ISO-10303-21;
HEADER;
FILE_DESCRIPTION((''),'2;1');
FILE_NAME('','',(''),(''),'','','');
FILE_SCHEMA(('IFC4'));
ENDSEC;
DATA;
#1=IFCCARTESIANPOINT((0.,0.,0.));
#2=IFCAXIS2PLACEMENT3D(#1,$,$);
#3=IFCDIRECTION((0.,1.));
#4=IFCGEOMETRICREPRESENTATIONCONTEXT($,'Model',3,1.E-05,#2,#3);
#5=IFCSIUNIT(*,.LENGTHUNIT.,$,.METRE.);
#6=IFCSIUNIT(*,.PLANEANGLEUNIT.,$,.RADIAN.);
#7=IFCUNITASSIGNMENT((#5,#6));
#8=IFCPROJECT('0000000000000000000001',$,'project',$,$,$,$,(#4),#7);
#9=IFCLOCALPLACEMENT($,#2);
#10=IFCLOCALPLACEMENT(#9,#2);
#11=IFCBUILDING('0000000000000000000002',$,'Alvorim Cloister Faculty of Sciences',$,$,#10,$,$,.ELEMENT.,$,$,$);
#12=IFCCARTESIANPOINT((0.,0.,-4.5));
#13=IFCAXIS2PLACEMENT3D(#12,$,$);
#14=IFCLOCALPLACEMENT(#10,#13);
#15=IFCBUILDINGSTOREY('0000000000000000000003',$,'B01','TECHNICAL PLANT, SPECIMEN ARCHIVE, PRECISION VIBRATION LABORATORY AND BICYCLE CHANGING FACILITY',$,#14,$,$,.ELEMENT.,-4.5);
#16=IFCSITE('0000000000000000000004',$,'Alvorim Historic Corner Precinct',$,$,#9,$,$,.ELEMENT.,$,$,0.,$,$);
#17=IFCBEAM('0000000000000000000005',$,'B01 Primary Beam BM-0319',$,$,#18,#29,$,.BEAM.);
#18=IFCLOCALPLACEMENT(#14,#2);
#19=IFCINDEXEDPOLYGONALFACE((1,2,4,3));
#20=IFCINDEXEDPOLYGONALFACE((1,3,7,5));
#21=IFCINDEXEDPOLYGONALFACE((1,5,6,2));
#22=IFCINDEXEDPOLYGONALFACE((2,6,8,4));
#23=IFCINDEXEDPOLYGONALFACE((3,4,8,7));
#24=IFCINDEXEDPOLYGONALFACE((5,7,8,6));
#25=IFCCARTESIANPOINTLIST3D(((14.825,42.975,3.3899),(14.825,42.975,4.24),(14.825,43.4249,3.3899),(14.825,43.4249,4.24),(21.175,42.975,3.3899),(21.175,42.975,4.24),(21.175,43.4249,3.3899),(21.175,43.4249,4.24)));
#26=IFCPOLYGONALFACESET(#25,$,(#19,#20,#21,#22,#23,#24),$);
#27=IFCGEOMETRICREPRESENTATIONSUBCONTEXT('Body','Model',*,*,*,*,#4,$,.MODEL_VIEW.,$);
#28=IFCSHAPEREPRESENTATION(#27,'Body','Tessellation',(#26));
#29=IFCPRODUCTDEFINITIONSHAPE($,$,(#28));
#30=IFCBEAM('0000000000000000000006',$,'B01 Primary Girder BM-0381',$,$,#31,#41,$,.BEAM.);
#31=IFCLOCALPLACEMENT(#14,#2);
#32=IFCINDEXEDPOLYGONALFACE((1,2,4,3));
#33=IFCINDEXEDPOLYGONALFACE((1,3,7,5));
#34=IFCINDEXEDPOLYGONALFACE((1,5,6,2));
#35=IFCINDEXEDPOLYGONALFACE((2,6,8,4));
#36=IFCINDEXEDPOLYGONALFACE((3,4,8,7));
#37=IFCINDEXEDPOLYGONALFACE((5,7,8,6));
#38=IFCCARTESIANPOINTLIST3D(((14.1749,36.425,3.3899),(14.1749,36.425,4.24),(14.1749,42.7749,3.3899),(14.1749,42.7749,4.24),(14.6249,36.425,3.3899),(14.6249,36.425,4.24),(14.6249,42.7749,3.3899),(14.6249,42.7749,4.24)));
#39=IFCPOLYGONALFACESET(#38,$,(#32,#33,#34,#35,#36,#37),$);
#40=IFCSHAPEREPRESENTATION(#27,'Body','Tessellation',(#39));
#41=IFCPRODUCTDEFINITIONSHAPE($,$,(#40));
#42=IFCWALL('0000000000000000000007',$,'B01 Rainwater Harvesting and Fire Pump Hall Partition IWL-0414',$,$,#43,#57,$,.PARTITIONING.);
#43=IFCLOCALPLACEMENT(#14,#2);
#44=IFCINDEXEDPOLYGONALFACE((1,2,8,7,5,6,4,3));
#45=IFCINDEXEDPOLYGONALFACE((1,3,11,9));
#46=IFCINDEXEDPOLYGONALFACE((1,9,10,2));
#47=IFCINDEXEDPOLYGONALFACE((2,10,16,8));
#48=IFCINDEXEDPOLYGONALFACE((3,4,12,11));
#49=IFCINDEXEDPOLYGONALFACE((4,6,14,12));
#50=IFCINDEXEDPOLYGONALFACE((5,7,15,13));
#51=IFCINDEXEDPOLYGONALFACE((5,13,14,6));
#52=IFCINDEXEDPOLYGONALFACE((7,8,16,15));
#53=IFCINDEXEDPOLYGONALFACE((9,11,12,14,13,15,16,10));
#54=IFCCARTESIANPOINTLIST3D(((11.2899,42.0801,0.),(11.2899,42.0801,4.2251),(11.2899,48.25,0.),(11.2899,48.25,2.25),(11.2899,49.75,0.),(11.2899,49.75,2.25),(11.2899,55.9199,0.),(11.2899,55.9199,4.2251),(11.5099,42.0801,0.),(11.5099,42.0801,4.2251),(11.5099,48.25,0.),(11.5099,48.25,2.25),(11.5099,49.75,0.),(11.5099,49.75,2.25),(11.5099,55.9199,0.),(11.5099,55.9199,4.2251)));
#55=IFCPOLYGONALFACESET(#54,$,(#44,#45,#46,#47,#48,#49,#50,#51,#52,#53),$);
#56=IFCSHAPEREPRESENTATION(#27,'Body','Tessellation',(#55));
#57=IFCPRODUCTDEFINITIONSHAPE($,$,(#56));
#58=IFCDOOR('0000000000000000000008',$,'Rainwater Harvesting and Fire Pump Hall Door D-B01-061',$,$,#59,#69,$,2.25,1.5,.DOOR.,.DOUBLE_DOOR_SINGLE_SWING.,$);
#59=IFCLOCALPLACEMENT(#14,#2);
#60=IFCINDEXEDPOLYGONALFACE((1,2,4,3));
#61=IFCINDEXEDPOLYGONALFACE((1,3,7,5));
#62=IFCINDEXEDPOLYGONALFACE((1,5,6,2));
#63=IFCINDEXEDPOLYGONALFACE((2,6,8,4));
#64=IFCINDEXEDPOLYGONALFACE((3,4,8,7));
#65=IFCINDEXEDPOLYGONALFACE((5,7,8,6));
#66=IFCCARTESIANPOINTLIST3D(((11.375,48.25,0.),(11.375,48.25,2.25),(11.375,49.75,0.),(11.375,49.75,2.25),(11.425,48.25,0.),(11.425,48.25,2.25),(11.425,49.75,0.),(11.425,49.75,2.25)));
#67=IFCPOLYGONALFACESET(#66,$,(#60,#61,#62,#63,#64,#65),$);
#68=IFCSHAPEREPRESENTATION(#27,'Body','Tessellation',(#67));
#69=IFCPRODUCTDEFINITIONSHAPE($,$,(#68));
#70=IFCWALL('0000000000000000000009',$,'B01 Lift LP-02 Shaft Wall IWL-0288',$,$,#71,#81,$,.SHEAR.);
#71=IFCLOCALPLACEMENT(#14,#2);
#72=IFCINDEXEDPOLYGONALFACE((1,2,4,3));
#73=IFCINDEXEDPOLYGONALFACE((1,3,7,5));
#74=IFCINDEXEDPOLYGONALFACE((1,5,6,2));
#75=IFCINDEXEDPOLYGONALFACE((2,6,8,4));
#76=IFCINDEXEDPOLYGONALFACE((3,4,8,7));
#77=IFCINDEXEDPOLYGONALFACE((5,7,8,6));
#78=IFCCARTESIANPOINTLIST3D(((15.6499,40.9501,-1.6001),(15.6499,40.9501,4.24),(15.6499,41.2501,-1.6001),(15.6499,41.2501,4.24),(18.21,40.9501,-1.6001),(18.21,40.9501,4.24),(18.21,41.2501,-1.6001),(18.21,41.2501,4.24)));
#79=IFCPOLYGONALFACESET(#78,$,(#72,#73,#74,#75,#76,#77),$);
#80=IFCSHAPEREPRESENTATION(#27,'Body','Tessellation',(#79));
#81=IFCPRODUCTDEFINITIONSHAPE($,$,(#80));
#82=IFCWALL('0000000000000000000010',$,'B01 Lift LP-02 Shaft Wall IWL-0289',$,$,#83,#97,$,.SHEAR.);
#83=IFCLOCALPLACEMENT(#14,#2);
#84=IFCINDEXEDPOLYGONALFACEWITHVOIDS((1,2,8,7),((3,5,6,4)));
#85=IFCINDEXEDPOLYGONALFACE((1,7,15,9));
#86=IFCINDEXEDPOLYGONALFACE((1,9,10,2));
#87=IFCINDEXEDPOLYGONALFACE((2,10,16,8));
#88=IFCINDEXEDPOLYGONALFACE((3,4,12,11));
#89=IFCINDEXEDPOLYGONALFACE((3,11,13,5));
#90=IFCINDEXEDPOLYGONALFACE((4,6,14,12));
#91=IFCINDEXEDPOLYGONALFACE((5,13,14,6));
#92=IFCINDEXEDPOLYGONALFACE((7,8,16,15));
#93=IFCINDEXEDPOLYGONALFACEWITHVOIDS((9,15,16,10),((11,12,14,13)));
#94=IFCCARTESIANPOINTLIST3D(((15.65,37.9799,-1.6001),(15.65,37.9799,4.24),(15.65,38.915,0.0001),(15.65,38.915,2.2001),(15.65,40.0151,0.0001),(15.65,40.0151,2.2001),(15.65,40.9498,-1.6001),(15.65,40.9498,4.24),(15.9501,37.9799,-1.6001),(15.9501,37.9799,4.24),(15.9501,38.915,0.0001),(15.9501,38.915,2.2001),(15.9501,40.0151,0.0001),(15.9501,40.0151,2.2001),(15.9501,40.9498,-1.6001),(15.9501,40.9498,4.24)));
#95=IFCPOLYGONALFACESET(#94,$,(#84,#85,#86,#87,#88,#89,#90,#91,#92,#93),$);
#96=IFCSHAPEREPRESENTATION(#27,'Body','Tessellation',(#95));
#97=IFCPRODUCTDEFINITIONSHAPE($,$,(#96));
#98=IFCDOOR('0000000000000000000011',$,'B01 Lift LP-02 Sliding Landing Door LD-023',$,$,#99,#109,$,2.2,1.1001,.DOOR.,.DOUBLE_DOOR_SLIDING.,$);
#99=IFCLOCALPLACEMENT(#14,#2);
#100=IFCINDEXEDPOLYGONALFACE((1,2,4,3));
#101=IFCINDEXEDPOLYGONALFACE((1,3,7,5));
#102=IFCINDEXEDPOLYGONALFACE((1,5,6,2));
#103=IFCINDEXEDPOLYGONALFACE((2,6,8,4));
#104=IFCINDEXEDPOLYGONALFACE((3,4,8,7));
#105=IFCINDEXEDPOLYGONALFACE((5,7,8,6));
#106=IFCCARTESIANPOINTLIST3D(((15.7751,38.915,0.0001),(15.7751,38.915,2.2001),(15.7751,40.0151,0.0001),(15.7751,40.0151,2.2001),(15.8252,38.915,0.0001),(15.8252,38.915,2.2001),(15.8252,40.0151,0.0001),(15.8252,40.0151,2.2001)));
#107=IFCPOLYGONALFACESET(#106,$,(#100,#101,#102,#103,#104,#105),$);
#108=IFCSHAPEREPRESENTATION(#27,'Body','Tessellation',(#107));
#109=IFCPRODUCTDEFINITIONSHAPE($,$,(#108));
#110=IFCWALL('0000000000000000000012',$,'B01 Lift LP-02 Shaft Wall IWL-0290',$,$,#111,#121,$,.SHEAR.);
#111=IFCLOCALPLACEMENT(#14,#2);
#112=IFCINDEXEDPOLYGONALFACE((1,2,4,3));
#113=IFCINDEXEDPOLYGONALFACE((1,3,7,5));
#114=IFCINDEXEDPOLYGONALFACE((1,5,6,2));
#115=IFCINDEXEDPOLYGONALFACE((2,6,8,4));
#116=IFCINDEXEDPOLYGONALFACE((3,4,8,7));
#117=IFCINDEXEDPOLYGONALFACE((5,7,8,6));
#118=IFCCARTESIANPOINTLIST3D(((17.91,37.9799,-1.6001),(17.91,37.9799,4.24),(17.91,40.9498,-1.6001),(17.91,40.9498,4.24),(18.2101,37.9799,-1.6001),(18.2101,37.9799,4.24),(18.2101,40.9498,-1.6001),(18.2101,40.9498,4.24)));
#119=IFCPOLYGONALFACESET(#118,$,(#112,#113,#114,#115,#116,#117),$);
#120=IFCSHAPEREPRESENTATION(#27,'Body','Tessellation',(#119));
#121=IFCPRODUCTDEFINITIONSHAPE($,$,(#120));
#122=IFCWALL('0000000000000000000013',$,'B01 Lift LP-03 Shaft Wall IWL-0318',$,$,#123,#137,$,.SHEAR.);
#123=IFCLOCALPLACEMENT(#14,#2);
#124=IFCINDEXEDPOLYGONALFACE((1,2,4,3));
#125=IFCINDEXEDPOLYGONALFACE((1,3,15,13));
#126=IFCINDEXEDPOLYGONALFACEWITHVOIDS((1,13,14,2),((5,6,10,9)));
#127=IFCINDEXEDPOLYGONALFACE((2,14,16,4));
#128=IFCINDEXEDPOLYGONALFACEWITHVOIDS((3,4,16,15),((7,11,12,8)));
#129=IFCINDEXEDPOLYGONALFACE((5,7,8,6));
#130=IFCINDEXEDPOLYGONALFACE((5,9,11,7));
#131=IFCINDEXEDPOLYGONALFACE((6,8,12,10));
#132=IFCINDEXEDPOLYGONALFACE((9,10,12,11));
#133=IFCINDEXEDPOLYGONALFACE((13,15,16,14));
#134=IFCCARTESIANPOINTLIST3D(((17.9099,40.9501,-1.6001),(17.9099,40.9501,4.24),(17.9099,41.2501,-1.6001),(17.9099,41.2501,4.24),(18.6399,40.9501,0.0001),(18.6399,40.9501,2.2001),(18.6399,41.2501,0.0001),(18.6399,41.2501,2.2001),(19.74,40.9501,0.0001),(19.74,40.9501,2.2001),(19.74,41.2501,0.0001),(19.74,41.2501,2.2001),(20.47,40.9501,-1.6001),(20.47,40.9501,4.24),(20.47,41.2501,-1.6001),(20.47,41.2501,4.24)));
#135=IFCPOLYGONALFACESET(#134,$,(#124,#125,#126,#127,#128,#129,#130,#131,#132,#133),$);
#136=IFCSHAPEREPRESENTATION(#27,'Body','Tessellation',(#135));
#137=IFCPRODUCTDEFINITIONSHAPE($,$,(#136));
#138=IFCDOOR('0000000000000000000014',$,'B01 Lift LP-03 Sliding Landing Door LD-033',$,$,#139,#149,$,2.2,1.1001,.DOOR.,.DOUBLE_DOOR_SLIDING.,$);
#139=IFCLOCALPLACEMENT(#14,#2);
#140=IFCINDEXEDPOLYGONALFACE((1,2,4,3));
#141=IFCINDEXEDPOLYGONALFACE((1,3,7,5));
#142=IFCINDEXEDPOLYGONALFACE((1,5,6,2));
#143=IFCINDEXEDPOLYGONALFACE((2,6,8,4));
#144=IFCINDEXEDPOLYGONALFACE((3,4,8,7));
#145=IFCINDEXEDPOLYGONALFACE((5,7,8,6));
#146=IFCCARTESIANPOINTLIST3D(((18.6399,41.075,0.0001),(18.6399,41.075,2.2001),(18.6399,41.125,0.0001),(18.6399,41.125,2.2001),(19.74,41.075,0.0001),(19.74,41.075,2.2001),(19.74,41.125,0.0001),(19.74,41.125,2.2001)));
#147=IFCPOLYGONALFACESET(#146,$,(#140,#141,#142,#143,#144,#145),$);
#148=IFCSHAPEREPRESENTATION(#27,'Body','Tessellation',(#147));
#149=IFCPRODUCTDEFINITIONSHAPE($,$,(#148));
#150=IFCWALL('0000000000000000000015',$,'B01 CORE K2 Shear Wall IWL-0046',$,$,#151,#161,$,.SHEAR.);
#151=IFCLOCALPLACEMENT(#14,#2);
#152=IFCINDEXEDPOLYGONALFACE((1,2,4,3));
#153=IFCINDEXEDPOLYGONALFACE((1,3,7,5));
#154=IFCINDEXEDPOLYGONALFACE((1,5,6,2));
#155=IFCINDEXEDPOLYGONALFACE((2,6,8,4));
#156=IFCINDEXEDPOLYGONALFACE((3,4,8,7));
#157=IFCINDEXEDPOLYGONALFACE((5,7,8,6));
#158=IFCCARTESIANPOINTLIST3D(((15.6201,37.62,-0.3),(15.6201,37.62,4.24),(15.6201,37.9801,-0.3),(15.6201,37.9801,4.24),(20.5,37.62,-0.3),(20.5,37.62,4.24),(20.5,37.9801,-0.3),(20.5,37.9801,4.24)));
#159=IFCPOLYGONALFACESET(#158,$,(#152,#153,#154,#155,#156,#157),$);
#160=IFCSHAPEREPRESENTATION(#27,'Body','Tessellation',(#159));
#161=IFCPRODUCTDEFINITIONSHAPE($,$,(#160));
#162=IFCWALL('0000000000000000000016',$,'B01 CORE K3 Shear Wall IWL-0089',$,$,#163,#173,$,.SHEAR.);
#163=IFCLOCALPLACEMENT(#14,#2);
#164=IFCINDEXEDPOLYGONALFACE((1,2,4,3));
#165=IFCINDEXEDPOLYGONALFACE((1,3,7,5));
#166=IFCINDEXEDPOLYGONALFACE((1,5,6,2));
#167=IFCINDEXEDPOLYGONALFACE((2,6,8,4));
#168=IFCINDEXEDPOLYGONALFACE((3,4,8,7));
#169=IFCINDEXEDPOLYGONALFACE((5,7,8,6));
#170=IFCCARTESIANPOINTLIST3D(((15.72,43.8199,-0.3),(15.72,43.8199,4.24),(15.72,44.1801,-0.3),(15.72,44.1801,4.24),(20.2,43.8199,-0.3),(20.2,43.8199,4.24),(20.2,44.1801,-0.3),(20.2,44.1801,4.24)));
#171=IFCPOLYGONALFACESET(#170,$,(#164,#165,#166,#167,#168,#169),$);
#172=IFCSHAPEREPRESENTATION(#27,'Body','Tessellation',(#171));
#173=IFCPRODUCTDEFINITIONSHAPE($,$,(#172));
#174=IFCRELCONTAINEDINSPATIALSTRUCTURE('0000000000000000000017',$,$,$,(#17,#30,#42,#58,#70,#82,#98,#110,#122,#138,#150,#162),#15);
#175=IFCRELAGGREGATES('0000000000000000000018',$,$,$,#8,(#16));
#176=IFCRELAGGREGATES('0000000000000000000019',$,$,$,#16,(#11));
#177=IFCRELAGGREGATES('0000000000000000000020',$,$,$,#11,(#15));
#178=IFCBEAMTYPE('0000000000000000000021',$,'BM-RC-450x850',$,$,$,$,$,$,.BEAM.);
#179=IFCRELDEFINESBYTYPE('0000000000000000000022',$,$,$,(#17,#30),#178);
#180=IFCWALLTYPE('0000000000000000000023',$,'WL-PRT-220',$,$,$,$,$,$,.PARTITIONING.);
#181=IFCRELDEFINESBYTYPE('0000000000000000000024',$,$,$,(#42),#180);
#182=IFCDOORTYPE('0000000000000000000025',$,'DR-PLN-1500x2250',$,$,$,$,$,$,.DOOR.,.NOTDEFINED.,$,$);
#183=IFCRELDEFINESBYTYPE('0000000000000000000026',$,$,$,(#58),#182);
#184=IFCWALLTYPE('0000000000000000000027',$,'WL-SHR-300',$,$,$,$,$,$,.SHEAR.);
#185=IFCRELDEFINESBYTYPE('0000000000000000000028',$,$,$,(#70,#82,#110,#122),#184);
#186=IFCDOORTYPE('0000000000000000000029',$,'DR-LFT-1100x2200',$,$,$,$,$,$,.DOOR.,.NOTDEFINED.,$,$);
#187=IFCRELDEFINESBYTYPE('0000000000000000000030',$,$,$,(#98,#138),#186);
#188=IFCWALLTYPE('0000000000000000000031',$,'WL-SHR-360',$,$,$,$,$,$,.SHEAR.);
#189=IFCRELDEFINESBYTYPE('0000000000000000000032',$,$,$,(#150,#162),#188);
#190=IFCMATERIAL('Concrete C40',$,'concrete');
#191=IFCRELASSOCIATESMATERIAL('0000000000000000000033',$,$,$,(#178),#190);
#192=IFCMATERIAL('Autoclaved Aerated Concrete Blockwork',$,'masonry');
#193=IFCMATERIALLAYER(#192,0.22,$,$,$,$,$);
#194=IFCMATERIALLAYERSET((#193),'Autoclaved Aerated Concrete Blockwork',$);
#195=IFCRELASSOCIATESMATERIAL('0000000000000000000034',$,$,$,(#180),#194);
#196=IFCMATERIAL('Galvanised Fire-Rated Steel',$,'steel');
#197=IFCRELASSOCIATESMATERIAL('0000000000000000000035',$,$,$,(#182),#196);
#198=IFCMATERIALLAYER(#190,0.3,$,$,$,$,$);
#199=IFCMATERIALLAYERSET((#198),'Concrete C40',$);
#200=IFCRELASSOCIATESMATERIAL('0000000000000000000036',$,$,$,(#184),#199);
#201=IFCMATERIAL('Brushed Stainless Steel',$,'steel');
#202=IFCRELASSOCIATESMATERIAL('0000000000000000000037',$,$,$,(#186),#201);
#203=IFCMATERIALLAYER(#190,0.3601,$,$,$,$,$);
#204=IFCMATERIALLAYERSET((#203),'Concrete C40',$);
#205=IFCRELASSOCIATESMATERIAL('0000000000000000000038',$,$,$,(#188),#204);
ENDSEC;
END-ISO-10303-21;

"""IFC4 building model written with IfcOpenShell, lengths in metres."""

from ifc_helpers import new_model, si_unit, direction, frame, frame_2d, origin, origin_2d, place, context, subcontext, project, spatial, rectangle, extrude, material, layer, layer_set, material_profile, profile_set, type_object, element, fill, save


model = new_model("IFC4")

# Units and contexts
model_context = context("Model", 3, precision=1e-05, world=origin(), true_north=direction((0.0, 1.0)))
body_context = subcontext(model_context, "Body", "Model", "MODEL_VIEW")
ifc_project = project(units=[si_unit("LENGTHUNIT", "METRE"), si_unit("PLANEANGLEUNIT", "RADIAN")], contexts=[model_context])

# Site, building, storey
site_placement = place(None, origin())
site = spatial("IfcSite", under=ifc_project, at=site_placement, Name="Alvorim Historic Corner Precinct", CompositionType="ELEMENT", RefElevation=0.0)
building_placement = place(site_placement, origin())
building = spatial("IfcBuilding", under=site, at=building_placement, Name="Alvorim Cloister Faculty of Sciences", CompositionType="ELEMENT")
storey_placement = place(building_placement, frame((0.0, 0.0, -4.5)))
storey = spatial("IfcBuildingStorey", under=building, at=storey_placement, Name="B01", Description="TECHNICAL PLANT, SPECIMEN ARCHIVE, PRECISION VIBRATION LABORATORY AND BICYCLE CHANGING FACILITY", CompositionType="ELEMENT", Elevation=-4.5)

# Shared definitions
ifc_material_1 = material(Name="Concrete C40", Category="concrete")

# Beams
ifc_material_profile_1 = material_profile(ifc_material_1, rectangle(XDim=0.45, YDim=0.8501, at=origin_2d()), Name="RC40-BM-450x850")
ifc_profile_set_1 = profile_set([ifc_material_profile_1], Name="Concrete C40")
beam_type_1 = type_object("IfcBeamType", Name="BM-RC-450x850", PredefinedType="BEAM", material=ifc_profile_set_1)
for number, where, z_axis, x_axis, name in (
    (1, (14.825, 43.2, 3.8149), (1.0, 0.0, 0.0), (0.0, 1.0, 0.0), "B01 Primary Beam BM-0319"),
):
    element("IfcBeam", number, at=place(storey_placement, frame(where, z_axis=z_axis, x_axis=x_axis)), inside=storey, type_object=beam_type_1, Name=name, PredefinedType="BEAM", context=body_context, shape_type="SweptSolid", body=[
        extrude(rectangle(XDim=0.45, YDim=0.8501, at=origin_2d()), origin(), (0.0, 0.0, 1.0), 6.3501),
    ])
beam_1_placement = place(storey_placement, frame((14.3999, 36.425, 3.8149), z_axis=(0.0, 1.0, 0.0), x_axis=(-1.0, 0.0, 0.0)))
element("IfcBeam", 2, at=beam_1_placement, inside=storey, type_object=beam_type_1, Name="B01 Primary Girder BM-0381", PredefinedType="BEAM", context=body_context, shape_type="SweptSolid", body=[
    extrude(rectangle(XDim=0.45, YDim=0.8501, at=origin_2d()), origin(), (0.0, 0.0, 1.0), 6.3499),
])

# Wall, opening, door
ifc_material_2 = material(Name="Autoclaved Aerated Concrete Blockwork", Category="masonry")
ifc_layer_1 = layer(ifc_material_2, 0.22)
ifc_layer_set_1 = layer_set([ifc_layer_1], Name="Autoclaved Aerated Concrete Blockwork")
wall_type_1 = type_object("IfcWallType", Name="WL-PRT-220", PredefinedType="PARTITIONING", material=ifc_layer_set_1)
wall_1_placement = place(storey_placement, frame((11.3999, 42.0801, 0.0), z_axis=(0.0, 0.0, 1.0), x_axis=(0.0, 1.0, 0.0)))
wall_1 = element("IfcWall", 3, at=wall_1_placement, inside=storey, type_object=wall_type_1, Name="B01 Rainwater Harvesting and Fire Pump Hall Partition IWL-0414", PredefinedType="PARTITIONING", context=body_context, shape_type="SweptSolid", body=[
    extrude(rectangle(XDim=13.8398, YDim=0.22, at=frame_2d((6.9199, 0.0))), origin(), (0.0, 0.0, 1.0), 4.2251),
])
opening_1_placement = place(wall_1_placement, frame((6.1699, 0.0, 0.0)))
opening_1 = element("IfcOpeningElement", 4, at=opening_1_placement, cuts=wall_1, PredefinedType="OPENING", context=body_context, shape_type="SweptSolid", body=[
    extrude(rectangle(XDim=1.5, YDim=2.25, at=frame_2d((0.75, 1.125))), frame((0.0, 0.1221, 0.0), z_axis=(0.0, -1.0, 0.0), x_axis=(1.0, 0.0, 0.0)), (0.0, 0.0, 1.0), 0.2439),
])
ifc_material_3 = material(Name="Galvanised Fire-Rated Steel", Category="steel")
door_type_1 = type_object("IfcDoorType", Name="DR-PLN-1500x2250", OperationType="NOTDEFINED", PredefinedType="DOOR", material=ifc_material_3)
door_1_placement = place(opening_1_placement, origin())
door_1 = element("IfcDoor", 5, at=door_1_placement, inside=storey, type_object=door_type_1, Name="Rainwater Harvesting and Fire Pump Hall Door D-B01-061", OperationType="DOUBLE_DOOR_SINGLE_SWING", OverallHeight=2.25, OverallWidth=1.5, PredefinedType="DOOR", context=body_context, shape_type="SweptSolid", body=[
    extrude(rectangle(XDim=1.5, YDim=2.25, at=frame_2d((0.75, 1.125))), frame((0.0, 0.0249, 0.0), z_axis=(0.0, -1.0, 0.0), x_axis=(1.0, 0.0, 0.0)), (0.0, 0.0, 1.0), 0.05),
])
fill(opening_1, door_1)

# Wall
ifc_layer_2 = layer(ifc_material_1, 0.3)
ifc_layer_set_2 = layer_set([ifc_layer_2], Name="Concrete C40")
wall_type_2 = type_object("IfcWallType", Name="WL-SHR-300", PredefinedType="SHEAR", material=ifc_layer_set_2)
wall_2_placement = place(storey_placement, frame((15.6499, 41.1001, -1.6001), z_axis=(0.0, 0.0, 1.0), x_axis=(1.0, 0.0, 0.0)))
element("IfcWall", 6, at=wall_2_placement, inside=storey, type_object=wall_type_2, Name="B01 Lift LP-02 Shaft Wall IWL-0288", PredefinedType="SHEAR", context=body_context, shape_type="SweptSolid", body=[
    extrude(rectangle(XDim=2.5601, YDim=0.3, at=frame_2d((1.28, 0.0))), origin(), (0.0, 0.0, 1.0), 5.8401),
])

# Wall, opening, door
wall_3_placement = place(storey_placement, frame((15.8, 37.98, -1.6001), z_axis=(0.0, 0.0, 1.0), x_axis=(0.0, 1.0, 0.0)))
wall_3 = element("IfcWall", 7, at=wall_3_placement, inside=storey, type_object=wall_type_2, Name="B01 Lift LP-02 Shaft Wall IWL-0289", PredefinedType="SHEAR", context=body_context, shape_type="SweptSolid", body=[
    extrude(rectangle(XDim=2.97, YDim=0.3, at=frame_2d((1.4849, 0.0))), origin(), (0.0, 0.0, 1.0), 5.8401),
])
opening_2_placement = place(wall_3_placement, frame((0.9351, 0.0, 1.6001)))
opening_2 = element("IfcOpeningElement", 8, at=opening_2_placement, cuts=wall_3, PredefinedType="OPENING", context=body_context, shape_type="SweptSolid", body=[
    extrude(rectangle(XDim=1.1001, YDim=2.2, at=frame_2d((0.55, 1.1001))), frame((0.0, 0.1621, 0.0), z_axis=(0.0, -1.0, 0.0), x_axis=(1.0, 0.0, 0.0)), (0.0, 0.0, 1.0), 0.324),
])
ifc_material_4 = material(Name="Brushed Stainless Steel", Category="steel")
door_type_2 = type_object("IfcDoorType", Name="DR-LFT-1100x2200", OperationType="NOTDEFINED", PredefinedType="DOOR", material=ifc_material_4)
door_2_placement = place(opening_2_placement, origin())
door_2 = element("IfcDoor", 9, at=door_2_placement, inside=storey, type_object=door_type_2, Name="B01 Lift LP-02 Sliding Landing Door LD-023", OperationType="DOUBLE_DOOR_SLIDING", OverallHeight=2.2, OverallWidth=1.1001, PredefinedType="DOOR", context=body_context, shape_type="SweptSolid", body=[
    extrude(rectangle(XDim=1.1001, YDim=2.2, at=frame_2d((0.55, 1.1001))), frame((0.0, 0.0249, 0.0), z_axis=(0.0, -1.0, 0.0), x_axis=(1.0, 0.0, 0.0)), (0.0, 0.0, 1.0), 0.05),
])
fill(opening_2, door_2)

# Wall
wall_4_placement = place(storey_placement, frame((18.0601, 37.98, -1.6001), z_axis=(0.0, 0.0, 1.0), x_axis=(0.0, 1.0, 0.0)))
element("IfcWall", 10, at=wall_4_placement, inside=storey, type_object=wall_type_2, Name="B01 Lift LP-02 Shaft Wall IWL-0290", PredefinedType="SHEAR", context=body_context, shape_type="SweptSolid", body=[
    extrude(rectangle(XDim=2.97, YDim=0.3, at=frame_2d((1.4849, 0.0))), origin(), (0.0, 0.0, 1.0), 5.8401),
])

# Wall, opening, door
wall_5_placement = place(storey_placement, frame((17.9099, 41.1001, -1.6001), z_axis=(0.0, 0.0, 1.0), x_axis=(1.0, 0.0, 0.0)))
wall_5 = element("IfcWall", 11, at=wall_5_placement, inside=storey, type_object=wall_type_2, Name="B01 Lift LP-03 Shaft Wall IWL-0318", PredefinedType="SHEAR", context=body_context, shape_type="SweptSolid", body=[
    extrude(rectangle(XDim=2.5601, YDim=0.3, at=frame_2d((1.28, 0.0))), origin(), (0.0, 0.0, 1.0), 5.8401),
])
opening_3_placement = place(wall_5_placement, frame((0.73, 0.0, 1.6001)))
opening_3 = element("IfcOpeningElement", 12, at=opening_3_placement, cuts=wall_5, PredefinedType="OPENING", context=body_context, shape_type="SweptSolid", body=[
    extrude(rectangle(XDim=1.1001, YDim=2.2, at=frame_2d((0.55, 1.1001))), frame((0.0, 0.1621, 0.0), z_axis=(0.0, -1.0, 0.0), x_axis=(1.0, 0.0, 0.0)), (0.0, 0.0, 1.0), 0.324),
])
door_3_placement = place(opening_3_placement, origin())
door_3 = element("IfcDoor", 13, at=door_3_placement, inside=storey, type_object=door_type_2, Name="B01 Lift LP-03 Sliding Landing Door LD-033", OperationType="DOUBLE_DOOR_SLIDING", OverallHeight=2.2, OverallWidth=1.1001, PredefinedType="DOOR", context=body_context, shape_type="SweptSolid", body=[
    extrude(rectangle(XDim=1.1001, YDim=2.2, at=frame_2d((0.55, 1.1001))), frame((0.0, 0.0249, 0.0), z_axis=(0.0, -1.0, 0.0), x_axis=(1.0, 0.0, 0.0)), (0.0, 0.0, 1.0), 0.05),
])
fill(opening_3, door_3)

# Walls
ifc_layer_3 = layer(ifc_material_1, 0.3601)
ifc_layer_set_3 = layer_set([ifc_layer_3], Name="Concrete C40")
wall_type_3 = type_object("IfcWallType", Name="WL-SHR-360", PredefinedType="SHEAR", material=ifc_layer_set_3)
wall_6_placement = place(storey_placement, frame((15.6201, 37.8, -0.3), z_axis=(0.0, 0.0, 1.0), x_axis=(1.0, 0.0, 0.0)))
element("IfcWall", 14, at=wall_6_placement, inside=storey, type_object=wall_type_3, Name="B01 CORE K2 Shear Wall IWL-0046", PredefinedType="SHEAR", context=body_context, shape_type="SweptSolid", body=[
    extrude(rectangle(XDim=4.8799, YDim=0.3601, at=frame_2d((2.4399, 0.0))), origin(), (0.0, 0.0, 1.0), 4.54),
])
wall_7_placement = place(storey_placement, frame((15.72, 44.0, -0.3), z_axis=(0.0, 0.0, 1.0), x_axis=(1.0, 0.0, 0.0)))
element("IfcWall", 15, at=wall_7_placement, inside=storey, type_object=wall_type_3, Name="B01 CORE K3 Shear Wall IWL-0089", PredefinedType="SHEAR", context=body_context, shape_type="SweptSolid", body=[
    extrude(rectangle(XDim=4.48, YDim=0.3601, at=frame_2d((2.24, 0.0))), origin(), (0.0, 0.0, 1.0), 4.54),
])

save(model, "model.ifc")
